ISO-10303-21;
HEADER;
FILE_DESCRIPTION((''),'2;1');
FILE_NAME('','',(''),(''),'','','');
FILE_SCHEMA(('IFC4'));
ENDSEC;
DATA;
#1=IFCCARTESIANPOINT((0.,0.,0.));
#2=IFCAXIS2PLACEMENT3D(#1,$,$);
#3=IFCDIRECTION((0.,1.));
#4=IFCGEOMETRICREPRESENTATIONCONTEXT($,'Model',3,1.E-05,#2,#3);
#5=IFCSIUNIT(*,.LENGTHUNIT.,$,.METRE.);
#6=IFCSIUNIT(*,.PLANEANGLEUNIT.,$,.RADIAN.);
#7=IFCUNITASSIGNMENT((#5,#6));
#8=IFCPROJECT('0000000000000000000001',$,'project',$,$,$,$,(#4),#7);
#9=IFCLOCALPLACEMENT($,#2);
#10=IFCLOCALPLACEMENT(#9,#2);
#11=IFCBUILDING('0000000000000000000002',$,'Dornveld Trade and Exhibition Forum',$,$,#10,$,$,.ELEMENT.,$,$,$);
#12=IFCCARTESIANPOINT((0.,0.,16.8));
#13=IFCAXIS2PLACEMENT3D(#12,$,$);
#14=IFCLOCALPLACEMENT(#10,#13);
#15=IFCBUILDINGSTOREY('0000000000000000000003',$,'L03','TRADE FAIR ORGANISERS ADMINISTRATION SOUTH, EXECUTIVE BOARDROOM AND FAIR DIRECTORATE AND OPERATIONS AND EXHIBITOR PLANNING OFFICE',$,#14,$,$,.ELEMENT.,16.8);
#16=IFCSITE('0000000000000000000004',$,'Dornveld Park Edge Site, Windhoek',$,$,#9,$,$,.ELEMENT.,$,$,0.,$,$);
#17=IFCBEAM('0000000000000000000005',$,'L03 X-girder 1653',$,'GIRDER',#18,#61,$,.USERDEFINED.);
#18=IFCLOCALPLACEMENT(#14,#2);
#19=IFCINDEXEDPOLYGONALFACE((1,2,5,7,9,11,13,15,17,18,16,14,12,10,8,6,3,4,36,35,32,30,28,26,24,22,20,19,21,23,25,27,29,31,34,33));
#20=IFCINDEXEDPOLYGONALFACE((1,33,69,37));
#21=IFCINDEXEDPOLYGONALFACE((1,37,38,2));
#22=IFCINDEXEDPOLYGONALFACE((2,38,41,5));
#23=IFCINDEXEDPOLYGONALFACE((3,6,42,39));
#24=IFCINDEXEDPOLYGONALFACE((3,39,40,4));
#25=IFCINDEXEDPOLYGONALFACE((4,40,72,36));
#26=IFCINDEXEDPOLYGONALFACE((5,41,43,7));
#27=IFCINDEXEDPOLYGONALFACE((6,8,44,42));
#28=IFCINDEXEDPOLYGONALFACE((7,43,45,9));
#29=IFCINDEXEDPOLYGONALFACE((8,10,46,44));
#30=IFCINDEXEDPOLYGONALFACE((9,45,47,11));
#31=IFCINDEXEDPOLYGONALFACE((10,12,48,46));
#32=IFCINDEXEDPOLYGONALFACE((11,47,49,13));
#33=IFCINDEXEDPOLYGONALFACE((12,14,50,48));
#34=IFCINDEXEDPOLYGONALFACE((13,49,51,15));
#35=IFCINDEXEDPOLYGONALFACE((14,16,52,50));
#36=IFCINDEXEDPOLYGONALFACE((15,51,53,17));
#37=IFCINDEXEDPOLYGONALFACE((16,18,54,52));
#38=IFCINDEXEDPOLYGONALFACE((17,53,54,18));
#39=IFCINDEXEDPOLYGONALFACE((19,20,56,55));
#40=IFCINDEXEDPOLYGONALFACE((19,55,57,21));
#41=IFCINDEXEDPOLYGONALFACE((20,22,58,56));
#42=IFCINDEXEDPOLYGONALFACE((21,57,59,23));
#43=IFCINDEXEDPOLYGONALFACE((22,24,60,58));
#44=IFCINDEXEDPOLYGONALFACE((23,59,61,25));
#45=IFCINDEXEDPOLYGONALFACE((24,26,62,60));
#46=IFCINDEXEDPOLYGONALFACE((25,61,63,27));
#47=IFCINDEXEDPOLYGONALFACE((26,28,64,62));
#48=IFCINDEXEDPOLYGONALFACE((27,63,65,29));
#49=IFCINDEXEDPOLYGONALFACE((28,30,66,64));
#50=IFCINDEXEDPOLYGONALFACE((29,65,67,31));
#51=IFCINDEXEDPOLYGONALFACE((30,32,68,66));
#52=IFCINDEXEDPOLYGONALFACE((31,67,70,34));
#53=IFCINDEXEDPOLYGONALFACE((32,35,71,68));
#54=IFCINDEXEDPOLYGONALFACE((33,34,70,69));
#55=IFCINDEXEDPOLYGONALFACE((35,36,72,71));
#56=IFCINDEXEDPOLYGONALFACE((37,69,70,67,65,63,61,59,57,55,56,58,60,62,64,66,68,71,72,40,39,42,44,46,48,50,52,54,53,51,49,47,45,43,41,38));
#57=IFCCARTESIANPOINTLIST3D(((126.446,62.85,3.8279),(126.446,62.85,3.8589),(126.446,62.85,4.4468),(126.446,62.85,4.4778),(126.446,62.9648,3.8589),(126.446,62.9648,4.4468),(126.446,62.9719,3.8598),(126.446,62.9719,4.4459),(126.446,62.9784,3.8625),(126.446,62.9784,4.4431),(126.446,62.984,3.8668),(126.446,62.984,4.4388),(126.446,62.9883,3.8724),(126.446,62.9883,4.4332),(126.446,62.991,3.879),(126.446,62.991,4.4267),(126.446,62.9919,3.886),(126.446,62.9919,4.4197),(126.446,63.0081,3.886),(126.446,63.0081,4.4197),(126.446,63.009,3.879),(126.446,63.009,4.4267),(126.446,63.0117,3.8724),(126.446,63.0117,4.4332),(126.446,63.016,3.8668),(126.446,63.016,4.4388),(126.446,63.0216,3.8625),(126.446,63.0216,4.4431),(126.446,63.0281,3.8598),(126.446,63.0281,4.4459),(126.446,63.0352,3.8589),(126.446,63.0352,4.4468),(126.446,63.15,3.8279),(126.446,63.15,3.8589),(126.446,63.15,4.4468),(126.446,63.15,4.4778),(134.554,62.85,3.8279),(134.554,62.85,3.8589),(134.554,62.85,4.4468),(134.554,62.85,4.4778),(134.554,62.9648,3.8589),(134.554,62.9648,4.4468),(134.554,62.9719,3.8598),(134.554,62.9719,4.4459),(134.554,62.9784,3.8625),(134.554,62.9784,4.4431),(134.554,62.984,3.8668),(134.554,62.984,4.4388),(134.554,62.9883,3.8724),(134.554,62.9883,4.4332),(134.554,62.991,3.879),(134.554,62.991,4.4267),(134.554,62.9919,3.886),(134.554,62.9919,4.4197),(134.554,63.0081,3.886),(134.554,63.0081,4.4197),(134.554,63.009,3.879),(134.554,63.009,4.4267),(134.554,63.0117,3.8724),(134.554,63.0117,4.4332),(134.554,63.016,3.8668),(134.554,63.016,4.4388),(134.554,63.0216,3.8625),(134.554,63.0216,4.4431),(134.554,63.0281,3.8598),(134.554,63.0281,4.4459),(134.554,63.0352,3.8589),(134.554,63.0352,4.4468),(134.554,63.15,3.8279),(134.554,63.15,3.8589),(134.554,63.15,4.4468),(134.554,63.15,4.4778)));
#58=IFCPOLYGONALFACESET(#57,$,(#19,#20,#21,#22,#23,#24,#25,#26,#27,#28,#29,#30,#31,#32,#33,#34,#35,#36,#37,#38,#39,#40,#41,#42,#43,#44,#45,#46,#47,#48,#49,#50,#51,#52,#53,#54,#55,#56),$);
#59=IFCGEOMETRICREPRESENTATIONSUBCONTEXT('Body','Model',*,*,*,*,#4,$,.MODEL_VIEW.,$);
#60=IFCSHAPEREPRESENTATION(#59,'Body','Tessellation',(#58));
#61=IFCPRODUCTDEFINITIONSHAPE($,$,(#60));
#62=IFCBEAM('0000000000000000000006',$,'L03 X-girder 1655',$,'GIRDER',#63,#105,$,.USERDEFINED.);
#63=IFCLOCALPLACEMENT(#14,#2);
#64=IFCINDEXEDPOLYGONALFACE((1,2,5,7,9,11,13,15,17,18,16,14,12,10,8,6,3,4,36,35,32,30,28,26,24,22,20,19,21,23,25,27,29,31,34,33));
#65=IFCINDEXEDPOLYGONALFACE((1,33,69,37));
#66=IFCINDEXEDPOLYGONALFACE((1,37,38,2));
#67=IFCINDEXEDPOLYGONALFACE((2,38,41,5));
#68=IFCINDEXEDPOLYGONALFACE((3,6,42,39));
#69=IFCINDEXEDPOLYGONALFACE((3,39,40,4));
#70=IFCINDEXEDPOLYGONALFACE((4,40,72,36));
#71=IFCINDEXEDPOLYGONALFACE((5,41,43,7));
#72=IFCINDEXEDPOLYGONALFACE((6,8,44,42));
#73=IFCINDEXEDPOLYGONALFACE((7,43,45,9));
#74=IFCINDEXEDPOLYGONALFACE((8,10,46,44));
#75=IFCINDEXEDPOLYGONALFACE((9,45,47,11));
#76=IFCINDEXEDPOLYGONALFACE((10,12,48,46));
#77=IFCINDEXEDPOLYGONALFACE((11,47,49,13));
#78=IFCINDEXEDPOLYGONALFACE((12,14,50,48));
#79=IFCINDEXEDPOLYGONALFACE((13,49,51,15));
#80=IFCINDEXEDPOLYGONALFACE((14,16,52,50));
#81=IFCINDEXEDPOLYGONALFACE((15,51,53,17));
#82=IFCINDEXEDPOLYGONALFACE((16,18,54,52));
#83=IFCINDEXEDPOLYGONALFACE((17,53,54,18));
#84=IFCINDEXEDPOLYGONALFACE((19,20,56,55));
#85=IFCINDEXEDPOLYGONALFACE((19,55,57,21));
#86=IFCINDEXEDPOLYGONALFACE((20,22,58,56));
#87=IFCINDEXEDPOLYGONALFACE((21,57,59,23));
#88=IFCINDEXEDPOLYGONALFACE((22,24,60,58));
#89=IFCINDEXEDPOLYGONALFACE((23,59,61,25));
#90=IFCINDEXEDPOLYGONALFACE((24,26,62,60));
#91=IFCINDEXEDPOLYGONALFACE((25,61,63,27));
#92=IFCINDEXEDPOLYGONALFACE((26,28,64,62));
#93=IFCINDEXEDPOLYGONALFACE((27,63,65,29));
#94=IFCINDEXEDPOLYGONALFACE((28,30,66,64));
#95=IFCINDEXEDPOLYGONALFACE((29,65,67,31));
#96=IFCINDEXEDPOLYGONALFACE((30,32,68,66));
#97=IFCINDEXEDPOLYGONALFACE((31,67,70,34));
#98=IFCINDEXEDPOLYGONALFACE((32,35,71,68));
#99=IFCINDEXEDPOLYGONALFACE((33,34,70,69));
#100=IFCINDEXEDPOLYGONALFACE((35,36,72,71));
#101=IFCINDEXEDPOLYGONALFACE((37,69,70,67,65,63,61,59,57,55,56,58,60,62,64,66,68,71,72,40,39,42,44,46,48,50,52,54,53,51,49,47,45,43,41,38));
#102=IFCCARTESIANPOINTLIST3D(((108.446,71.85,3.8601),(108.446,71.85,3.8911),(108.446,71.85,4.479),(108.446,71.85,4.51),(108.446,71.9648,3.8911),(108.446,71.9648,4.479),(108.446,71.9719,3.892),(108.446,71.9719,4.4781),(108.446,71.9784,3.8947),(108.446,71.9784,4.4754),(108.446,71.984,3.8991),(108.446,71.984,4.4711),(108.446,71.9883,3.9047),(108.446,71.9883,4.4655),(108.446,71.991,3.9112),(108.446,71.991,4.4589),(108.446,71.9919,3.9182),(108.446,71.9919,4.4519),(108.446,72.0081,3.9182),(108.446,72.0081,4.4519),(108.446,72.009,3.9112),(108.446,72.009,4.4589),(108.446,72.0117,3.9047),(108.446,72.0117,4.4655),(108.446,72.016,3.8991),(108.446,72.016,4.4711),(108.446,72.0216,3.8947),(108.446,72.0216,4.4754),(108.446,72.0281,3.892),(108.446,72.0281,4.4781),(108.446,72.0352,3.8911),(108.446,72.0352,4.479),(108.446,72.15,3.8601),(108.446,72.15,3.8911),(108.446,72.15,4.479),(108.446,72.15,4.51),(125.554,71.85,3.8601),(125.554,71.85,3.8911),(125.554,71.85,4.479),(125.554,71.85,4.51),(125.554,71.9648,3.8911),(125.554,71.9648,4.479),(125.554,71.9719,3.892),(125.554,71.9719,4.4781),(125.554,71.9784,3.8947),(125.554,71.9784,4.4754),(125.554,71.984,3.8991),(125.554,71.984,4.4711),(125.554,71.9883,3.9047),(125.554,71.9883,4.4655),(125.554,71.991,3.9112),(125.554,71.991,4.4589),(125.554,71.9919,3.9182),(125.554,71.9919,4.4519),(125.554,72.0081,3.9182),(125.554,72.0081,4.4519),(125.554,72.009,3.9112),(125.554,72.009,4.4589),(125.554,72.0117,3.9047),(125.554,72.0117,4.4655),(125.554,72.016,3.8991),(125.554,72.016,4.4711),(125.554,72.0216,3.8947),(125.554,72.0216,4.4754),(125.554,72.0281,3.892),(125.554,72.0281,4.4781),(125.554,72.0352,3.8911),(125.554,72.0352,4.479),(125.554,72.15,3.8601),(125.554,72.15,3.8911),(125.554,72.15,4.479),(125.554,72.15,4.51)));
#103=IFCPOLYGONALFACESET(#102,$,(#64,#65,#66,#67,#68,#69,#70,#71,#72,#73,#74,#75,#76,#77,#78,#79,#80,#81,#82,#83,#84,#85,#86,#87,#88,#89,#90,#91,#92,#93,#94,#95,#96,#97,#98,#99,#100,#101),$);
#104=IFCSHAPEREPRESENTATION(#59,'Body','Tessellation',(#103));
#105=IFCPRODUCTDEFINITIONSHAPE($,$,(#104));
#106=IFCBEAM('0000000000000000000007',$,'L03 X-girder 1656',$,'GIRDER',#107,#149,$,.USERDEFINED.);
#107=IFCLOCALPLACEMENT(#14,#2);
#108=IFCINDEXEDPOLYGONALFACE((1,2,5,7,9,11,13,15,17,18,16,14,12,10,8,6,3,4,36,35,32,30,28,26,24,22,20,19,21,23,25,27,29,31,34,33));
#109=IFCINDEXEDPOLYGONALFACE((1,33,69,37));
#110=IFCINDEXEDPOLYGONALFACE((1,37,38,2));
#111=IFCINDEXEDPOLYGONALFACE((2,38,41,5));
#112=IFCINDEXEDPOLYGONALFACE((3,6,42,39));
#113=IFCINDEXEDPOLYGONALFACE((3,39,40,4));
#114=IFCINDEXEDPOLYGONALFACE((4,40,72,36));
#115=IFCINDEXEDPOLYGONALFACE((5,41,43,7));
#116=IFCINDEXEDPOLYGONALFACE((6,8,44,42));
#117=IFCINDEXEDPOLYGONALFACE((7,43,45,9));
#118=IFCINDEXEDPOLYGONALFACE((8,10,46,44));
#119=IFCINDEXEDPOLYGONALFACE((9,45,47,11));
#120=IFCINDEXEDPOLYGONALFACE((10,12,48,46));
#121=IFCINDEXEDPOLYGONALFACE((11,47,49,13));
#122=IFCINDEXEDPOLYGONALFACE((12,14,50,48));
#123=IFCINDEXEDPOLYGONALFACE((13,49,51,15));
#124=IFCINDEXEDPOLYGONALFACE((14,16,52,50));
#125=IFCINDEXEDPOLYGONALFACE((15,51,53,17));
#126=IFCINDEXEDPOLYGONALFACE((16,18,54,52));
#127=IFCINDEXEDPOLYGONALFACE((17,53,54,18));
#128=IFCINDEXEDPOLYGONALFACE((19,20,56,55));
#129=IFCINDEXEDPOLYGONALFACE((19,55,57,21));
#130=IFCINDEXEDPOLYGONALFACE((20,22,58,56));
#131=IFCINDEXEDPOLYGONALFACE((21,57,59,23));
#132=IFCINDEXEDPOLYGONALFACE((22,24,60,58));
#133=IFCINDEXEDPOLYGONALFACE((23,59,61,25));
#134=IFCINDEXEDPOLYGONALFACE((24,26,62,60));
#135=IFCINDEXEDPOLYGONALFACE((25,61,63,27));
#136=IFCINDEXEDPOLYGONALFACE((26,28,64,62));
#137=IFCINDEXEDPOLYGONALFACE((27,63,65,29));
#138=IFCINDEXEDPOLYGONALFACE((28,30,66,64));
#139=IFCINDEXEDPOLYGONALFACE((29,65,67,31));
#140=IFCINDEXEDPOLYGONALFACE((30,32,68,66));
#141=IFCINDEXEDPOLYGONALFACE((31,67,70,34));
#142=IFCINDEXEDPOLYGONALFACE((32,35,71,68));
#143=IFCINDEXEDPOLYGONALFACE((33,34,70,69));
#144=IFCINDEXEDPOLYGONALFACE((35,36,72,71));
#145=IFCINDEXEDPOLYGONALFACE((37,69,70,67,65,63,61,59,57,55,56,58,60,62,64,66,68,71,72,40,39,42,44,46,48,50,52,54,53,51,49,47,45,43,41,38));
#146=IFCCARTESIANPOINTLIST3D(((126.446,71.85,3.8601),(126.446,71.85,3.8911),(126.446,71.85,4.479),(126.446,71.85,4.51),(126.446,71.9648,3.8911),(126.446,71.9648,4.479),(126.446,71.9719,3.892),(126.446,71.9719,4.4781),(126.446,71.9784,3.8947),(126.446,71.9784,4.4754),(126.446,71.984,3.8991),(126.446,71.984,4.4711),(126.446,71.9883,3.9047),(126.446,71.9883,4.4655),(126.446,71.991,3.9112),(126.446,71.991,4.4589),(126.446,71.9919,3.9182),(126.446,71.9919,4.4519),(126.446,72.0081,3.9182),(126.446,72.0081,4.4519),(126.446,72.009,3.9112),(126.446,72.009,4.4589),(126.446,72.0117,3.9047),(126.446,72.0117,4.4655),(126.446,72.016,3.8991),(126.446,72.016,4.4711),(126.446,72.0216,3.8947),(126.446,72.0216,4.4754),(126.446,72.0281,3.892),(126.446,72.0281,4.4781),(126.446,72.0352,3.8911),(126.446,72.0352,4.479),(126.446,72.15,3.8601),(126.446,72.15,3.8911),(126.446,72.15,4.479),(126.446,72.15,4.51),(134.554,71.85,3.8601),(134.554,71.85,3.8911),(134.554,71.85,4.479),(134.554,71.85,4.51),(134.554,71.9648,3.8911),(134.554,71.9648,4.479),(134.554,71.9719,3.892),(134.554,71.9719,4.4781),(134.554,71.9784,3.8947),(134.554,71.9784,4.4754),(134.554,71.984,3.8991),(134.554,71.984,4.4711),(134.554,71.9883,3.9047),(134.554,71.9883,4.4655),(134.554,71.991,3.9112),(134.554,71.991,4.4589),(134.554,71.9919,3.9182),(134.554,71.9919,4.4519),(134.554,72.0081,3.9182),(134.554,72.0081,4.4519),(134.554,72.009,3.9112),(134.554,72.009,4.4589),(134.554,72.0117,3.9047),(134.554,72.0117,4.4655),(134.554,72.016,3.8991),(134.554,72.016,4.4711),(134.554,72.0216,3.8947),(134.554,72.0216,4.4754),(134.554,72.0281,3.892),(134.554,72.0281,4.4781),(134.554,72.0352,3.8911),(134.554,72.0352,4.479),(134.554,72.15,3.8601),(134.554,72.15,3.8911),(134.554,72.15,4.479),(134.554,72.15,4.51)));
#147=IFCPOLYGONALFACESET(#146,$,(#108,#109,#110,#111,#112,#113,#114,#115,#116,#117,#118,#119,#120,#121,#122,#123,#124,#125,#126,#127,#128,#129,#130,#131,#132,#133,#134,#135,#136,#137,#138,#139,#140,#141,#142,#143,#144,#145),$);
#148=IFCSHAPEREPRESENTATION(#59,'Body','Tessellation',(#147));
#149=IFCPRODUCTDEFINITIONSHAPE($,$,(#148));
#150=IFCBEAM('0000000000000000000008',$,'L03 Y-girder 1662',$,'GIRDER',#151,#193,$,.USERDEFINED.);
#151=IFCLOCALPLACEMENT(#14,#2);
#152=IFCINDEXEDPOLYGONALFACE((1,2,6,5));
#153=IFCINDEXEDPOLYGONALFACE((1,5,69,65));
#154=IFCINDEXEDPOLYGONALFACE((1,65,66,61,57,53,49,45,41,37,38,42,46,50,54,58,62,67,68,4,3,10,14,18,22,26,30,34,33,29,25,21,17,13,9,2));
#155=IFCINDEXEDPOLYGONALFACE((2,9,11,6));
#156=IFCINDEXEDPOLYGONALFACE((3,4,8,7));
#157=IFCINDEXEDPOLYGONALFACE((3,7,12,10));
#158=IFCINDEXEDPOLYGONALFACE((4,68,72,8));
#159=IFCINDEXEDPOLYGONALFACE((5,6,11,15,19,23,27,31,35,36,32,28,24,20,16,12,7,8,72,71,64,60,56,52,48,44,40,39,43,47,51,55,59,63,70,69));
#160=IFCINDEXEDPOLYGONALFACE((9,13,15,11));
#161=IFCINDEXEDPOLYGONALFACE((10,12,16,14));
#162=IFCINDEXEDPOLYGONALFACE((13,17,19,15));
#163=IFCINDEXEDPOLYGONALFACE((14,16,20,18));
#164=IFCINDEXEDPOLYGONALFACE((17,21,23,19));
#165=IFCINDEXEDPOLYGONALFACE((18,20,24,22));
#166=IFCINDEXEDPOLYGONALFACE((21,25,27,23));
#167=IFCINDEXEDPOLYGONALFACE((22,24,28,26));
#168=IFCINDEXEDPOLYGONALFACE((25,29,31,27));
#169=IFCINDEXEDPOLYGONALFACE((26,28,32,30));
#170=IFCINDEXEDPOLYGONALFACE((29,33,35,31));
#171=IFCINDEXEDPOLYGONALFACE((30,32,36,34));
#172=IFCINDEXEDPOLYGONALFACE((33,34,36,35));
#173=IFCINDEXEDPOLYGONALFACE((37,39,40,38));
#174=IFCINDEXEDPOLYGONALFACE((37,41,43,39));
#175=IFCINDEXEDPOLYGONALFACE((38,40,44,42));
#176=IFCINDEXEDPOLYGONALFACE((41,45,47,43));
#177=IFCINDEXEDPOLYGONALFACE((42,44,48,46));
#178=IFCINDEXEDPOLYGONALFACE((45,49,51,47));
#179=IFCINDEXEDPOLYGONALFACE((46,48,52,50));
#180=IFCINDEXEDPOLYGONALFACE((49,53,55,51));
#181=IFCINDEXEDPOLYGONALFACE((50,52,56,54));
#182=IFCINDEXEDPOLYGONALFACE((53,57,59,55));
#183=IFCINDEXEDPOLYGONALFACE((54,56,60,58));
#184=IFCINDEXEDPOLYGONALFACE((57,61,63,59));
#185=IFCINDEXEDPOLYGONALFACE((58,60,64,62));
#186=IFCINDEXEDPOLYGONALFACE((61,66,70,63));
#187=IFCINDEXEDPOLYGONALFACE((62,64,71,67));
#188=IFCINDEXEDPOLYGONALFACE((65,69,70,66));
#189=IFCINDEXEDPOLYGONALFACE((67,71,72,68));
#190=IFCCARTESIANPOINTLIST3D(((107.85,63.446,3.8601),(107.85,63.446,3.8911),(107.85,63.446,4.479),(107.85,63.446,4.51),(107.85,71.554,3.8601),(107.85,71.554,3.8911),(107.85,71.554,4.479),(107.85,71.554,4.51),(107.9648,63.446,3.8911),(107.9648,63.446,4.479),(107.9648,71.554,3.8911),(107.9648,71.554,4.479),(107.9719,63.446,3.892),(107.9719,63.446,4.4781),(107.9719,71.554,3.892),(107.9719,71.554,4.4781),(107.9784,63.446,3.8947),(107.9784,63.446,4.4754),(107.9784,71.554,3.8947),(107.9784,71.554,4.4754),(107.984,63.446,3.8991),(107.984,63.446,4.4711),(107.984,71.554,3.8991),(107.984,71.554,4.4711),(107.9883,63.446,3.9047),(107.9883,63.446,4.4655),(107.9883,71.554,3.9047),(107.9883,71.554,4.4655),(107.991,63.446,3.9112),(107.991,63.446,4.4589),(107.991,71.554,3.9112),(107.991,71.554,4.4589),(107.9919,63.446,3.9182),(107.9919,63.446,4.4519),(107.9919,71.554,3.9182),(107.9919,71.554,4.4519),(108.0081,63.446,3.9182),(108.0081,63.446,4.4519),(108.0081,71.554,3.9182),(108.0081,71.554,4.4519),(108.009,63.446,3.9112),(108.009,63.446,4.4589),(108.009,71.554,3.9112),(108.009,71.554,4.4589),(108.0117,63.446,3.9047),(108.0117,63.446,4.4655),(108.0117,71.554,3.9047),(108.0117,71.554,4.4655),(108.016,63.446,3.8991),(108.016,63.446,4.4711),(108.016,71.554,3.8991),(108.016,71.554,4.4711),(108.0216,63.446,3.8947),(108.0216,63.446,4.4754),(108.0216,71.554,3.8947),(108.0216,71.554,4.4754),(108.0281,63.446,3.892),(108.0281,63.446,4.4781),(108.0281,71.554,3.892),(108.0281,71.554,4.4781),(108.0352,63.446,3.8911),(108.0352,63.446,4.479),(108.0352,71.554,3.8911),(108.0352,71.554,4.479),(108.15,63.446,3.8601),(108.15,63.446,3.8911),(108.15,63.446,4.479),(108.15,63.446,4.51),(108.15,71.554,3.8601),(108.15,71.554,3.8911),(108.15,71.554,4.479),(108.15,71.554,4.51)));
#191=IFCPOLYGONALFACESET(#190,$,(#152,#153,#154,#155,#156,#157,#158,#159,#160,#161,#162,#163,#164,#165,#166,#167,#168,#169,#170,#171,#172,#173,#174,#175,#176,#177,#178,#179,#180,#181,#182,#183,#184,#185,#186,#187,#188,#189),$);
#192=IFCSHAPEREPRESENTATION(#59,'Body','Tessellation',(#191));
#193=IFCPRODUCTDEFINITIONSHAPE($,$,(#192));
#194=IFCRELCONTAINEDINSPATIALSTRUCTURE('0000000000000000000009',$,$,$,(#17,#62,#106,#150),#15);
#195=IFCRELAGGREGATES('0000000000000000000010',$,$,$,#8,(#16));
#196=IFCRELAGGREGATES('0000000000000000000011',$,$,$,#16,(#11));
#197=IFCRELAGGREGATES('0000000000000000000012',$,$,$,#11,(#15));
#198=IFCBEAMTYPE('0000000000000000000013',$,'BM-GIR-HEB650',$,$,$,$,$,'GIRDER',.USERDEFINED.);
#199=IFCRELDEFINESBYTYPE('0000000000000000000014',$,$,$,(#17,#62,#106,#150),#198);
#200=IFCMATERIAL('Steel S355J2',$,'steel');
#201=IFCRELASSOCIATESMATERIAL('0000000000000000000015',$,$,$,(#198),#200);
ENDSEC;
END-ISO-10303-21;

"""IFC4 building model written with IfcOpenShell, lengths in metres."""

from ifc_helpers import new_model, si_unit, direction, frame, origin, origin_2d, place, context, subcontext, project, spatial, i_section, extrude, material, material_profile, profile_set, type_object, element, save


model = new_model("IFC4")

# Units and contexts
model_context = context("Model", 3, precision=1e-05, world=origin(), true_north=direction((0.0, 1.0)))
body_context = subcontext(model_context, "Body", "Model", "MODEL_VIEW")
ifc_project = project(units=[si_unit("LENGTHUNIT", "METRE"), si_unit("PLANEANGLEUNIT", "RADIAN")], contexts=[model_context])

# Site, building, storey
site_placement = place(None, origin())
site = spatial("IfcSite", under=ifc_project, at=site_placement, Name="Dornveld Park Edge Site, Windhoek", CompositionType="ELEMENT", RefElevation=0.0)
building_placement = place(site_placement, origin())
building = spatial("IfcBuilding", under=site, at=building_placement, Name="Dornveld Trade and Exhibition Forum", CompositionType="ELEMENT")
storey_placement = place(building_placement, frame((0.0, 0.0, 16.8)))
storey = spatial("IfcBuildingStorey", under=building, at=storey_placement, Name="L03", Description="TRADE FAIR ORGANISERS ADMINISTRATION SOUTH, EXECUTIVE BOARDROOM AND FAIR DIRECTORATE AND OPERATIONS AND EXHIBITOR PLANNING OFFICE", CompositionType="ELEMENT", Elevation=16.8)

# Beams
ifc_material_1 = material(Name="Steel S355J2", Category="steel")
ifc_material_profile_1 = material_profile(ifc_material_1, i_section(OverallWidth=0.3, OverallDepth=0.6499, WebThickness=0.0161, FlangeThickness=0.031, FilletRadius=0.0271, at=origin_2d()), Name="HEB 650")
ifc_profile_set_1 = profile_set([ifc_material_profile_1], Name="Steel S355J2")
beam_type_1 = type_object("IfcBeamType", Name="BM-GIR-HEB650", ElementType="GIRDER", PredefinedType="USERDEFINED", material=ifc_profile_set_1)
beam_1_placement = place(storey_placement, frame((126.446, 63.0, 4.1528), z_axis=(1.0, 0.0, 0.0), x_axis=(0.0, 1.0, 0.0)))
element("IfcBeam", 1, at=beam_1_placement, inside=storey, type_object=beam_type_1, Name="L03 X-girder 1653", ObjectType="GIRDER", PredefinedType="USERDEFINED", context=body_context, shape_type="SweptSolid", body=[
    extrude(i_section(OverallWidth=0.3, OverallDepth=0.6499, WebThickness=0.0161, FlangeThickness=0.031, FilletRadius=0.0271, at=origin_2d()), origin(), (0.0, 0.0, 1.0), 8.1079),
])
beam_2_placement = place(storey_placement, frame((108.446, 72.0, 4.1851), z_axis=(1.0, 0.0, 0.0), x_axis=(0.0, 1.0, 0.0)))
element("IfcBeam", 2, at=beam_2_placement, inside=storey, type_object=beam_type_1, Name="L03 X-girder 1655", ObjectType="GIRDER", PredefinedType="USERDEFINED", context=body_context, shape_type="SweptSolid", body=[
    extrude(i_section(OverallWidth=0.3, OverallDepth=0.6499, WebThickness=0.0161, FlangeThickness=0.031, FilletRadius=0.0271, at=origin_2d()), origin(), (0.0, 0.0, 1.0), 17.1079),
])
for number, where, z_axis, x_axis, name in (
    (3, (126.446, 72.0, 4.1851), (1.0, 0.0, 0.0), (0.0, 1.0, 0.0), "L03 X-girder 1656"),
    (4, (108.0, 63.446, 4.1851), (0.0, 1.0, 0.0), (-1.0, 0.0, 0.0), "L03 Y-girder 1662"),
):
    element("IfcBeam", number, at=place(storey_placement, frame(where, z_axis=z_axis, x_axis=x_axis)), inside=storey, type_object=beam_type_1, Name=name, ObjectType="GIRDER", PredefinedType="USERDEFINED", context=body_context, shape_type="SweptSolid", body=[
        extrude(i_section(OverallWidth=0.3, OverallDepth=0.6499, WebThickness=0.0161, FlangeThickness=0.031, FilletRadius=0.0271, at=origin_2d()), origin(), (0.0, 0.0, 1.0), 8.1079),
    ])

save(model, "model.ifc")
